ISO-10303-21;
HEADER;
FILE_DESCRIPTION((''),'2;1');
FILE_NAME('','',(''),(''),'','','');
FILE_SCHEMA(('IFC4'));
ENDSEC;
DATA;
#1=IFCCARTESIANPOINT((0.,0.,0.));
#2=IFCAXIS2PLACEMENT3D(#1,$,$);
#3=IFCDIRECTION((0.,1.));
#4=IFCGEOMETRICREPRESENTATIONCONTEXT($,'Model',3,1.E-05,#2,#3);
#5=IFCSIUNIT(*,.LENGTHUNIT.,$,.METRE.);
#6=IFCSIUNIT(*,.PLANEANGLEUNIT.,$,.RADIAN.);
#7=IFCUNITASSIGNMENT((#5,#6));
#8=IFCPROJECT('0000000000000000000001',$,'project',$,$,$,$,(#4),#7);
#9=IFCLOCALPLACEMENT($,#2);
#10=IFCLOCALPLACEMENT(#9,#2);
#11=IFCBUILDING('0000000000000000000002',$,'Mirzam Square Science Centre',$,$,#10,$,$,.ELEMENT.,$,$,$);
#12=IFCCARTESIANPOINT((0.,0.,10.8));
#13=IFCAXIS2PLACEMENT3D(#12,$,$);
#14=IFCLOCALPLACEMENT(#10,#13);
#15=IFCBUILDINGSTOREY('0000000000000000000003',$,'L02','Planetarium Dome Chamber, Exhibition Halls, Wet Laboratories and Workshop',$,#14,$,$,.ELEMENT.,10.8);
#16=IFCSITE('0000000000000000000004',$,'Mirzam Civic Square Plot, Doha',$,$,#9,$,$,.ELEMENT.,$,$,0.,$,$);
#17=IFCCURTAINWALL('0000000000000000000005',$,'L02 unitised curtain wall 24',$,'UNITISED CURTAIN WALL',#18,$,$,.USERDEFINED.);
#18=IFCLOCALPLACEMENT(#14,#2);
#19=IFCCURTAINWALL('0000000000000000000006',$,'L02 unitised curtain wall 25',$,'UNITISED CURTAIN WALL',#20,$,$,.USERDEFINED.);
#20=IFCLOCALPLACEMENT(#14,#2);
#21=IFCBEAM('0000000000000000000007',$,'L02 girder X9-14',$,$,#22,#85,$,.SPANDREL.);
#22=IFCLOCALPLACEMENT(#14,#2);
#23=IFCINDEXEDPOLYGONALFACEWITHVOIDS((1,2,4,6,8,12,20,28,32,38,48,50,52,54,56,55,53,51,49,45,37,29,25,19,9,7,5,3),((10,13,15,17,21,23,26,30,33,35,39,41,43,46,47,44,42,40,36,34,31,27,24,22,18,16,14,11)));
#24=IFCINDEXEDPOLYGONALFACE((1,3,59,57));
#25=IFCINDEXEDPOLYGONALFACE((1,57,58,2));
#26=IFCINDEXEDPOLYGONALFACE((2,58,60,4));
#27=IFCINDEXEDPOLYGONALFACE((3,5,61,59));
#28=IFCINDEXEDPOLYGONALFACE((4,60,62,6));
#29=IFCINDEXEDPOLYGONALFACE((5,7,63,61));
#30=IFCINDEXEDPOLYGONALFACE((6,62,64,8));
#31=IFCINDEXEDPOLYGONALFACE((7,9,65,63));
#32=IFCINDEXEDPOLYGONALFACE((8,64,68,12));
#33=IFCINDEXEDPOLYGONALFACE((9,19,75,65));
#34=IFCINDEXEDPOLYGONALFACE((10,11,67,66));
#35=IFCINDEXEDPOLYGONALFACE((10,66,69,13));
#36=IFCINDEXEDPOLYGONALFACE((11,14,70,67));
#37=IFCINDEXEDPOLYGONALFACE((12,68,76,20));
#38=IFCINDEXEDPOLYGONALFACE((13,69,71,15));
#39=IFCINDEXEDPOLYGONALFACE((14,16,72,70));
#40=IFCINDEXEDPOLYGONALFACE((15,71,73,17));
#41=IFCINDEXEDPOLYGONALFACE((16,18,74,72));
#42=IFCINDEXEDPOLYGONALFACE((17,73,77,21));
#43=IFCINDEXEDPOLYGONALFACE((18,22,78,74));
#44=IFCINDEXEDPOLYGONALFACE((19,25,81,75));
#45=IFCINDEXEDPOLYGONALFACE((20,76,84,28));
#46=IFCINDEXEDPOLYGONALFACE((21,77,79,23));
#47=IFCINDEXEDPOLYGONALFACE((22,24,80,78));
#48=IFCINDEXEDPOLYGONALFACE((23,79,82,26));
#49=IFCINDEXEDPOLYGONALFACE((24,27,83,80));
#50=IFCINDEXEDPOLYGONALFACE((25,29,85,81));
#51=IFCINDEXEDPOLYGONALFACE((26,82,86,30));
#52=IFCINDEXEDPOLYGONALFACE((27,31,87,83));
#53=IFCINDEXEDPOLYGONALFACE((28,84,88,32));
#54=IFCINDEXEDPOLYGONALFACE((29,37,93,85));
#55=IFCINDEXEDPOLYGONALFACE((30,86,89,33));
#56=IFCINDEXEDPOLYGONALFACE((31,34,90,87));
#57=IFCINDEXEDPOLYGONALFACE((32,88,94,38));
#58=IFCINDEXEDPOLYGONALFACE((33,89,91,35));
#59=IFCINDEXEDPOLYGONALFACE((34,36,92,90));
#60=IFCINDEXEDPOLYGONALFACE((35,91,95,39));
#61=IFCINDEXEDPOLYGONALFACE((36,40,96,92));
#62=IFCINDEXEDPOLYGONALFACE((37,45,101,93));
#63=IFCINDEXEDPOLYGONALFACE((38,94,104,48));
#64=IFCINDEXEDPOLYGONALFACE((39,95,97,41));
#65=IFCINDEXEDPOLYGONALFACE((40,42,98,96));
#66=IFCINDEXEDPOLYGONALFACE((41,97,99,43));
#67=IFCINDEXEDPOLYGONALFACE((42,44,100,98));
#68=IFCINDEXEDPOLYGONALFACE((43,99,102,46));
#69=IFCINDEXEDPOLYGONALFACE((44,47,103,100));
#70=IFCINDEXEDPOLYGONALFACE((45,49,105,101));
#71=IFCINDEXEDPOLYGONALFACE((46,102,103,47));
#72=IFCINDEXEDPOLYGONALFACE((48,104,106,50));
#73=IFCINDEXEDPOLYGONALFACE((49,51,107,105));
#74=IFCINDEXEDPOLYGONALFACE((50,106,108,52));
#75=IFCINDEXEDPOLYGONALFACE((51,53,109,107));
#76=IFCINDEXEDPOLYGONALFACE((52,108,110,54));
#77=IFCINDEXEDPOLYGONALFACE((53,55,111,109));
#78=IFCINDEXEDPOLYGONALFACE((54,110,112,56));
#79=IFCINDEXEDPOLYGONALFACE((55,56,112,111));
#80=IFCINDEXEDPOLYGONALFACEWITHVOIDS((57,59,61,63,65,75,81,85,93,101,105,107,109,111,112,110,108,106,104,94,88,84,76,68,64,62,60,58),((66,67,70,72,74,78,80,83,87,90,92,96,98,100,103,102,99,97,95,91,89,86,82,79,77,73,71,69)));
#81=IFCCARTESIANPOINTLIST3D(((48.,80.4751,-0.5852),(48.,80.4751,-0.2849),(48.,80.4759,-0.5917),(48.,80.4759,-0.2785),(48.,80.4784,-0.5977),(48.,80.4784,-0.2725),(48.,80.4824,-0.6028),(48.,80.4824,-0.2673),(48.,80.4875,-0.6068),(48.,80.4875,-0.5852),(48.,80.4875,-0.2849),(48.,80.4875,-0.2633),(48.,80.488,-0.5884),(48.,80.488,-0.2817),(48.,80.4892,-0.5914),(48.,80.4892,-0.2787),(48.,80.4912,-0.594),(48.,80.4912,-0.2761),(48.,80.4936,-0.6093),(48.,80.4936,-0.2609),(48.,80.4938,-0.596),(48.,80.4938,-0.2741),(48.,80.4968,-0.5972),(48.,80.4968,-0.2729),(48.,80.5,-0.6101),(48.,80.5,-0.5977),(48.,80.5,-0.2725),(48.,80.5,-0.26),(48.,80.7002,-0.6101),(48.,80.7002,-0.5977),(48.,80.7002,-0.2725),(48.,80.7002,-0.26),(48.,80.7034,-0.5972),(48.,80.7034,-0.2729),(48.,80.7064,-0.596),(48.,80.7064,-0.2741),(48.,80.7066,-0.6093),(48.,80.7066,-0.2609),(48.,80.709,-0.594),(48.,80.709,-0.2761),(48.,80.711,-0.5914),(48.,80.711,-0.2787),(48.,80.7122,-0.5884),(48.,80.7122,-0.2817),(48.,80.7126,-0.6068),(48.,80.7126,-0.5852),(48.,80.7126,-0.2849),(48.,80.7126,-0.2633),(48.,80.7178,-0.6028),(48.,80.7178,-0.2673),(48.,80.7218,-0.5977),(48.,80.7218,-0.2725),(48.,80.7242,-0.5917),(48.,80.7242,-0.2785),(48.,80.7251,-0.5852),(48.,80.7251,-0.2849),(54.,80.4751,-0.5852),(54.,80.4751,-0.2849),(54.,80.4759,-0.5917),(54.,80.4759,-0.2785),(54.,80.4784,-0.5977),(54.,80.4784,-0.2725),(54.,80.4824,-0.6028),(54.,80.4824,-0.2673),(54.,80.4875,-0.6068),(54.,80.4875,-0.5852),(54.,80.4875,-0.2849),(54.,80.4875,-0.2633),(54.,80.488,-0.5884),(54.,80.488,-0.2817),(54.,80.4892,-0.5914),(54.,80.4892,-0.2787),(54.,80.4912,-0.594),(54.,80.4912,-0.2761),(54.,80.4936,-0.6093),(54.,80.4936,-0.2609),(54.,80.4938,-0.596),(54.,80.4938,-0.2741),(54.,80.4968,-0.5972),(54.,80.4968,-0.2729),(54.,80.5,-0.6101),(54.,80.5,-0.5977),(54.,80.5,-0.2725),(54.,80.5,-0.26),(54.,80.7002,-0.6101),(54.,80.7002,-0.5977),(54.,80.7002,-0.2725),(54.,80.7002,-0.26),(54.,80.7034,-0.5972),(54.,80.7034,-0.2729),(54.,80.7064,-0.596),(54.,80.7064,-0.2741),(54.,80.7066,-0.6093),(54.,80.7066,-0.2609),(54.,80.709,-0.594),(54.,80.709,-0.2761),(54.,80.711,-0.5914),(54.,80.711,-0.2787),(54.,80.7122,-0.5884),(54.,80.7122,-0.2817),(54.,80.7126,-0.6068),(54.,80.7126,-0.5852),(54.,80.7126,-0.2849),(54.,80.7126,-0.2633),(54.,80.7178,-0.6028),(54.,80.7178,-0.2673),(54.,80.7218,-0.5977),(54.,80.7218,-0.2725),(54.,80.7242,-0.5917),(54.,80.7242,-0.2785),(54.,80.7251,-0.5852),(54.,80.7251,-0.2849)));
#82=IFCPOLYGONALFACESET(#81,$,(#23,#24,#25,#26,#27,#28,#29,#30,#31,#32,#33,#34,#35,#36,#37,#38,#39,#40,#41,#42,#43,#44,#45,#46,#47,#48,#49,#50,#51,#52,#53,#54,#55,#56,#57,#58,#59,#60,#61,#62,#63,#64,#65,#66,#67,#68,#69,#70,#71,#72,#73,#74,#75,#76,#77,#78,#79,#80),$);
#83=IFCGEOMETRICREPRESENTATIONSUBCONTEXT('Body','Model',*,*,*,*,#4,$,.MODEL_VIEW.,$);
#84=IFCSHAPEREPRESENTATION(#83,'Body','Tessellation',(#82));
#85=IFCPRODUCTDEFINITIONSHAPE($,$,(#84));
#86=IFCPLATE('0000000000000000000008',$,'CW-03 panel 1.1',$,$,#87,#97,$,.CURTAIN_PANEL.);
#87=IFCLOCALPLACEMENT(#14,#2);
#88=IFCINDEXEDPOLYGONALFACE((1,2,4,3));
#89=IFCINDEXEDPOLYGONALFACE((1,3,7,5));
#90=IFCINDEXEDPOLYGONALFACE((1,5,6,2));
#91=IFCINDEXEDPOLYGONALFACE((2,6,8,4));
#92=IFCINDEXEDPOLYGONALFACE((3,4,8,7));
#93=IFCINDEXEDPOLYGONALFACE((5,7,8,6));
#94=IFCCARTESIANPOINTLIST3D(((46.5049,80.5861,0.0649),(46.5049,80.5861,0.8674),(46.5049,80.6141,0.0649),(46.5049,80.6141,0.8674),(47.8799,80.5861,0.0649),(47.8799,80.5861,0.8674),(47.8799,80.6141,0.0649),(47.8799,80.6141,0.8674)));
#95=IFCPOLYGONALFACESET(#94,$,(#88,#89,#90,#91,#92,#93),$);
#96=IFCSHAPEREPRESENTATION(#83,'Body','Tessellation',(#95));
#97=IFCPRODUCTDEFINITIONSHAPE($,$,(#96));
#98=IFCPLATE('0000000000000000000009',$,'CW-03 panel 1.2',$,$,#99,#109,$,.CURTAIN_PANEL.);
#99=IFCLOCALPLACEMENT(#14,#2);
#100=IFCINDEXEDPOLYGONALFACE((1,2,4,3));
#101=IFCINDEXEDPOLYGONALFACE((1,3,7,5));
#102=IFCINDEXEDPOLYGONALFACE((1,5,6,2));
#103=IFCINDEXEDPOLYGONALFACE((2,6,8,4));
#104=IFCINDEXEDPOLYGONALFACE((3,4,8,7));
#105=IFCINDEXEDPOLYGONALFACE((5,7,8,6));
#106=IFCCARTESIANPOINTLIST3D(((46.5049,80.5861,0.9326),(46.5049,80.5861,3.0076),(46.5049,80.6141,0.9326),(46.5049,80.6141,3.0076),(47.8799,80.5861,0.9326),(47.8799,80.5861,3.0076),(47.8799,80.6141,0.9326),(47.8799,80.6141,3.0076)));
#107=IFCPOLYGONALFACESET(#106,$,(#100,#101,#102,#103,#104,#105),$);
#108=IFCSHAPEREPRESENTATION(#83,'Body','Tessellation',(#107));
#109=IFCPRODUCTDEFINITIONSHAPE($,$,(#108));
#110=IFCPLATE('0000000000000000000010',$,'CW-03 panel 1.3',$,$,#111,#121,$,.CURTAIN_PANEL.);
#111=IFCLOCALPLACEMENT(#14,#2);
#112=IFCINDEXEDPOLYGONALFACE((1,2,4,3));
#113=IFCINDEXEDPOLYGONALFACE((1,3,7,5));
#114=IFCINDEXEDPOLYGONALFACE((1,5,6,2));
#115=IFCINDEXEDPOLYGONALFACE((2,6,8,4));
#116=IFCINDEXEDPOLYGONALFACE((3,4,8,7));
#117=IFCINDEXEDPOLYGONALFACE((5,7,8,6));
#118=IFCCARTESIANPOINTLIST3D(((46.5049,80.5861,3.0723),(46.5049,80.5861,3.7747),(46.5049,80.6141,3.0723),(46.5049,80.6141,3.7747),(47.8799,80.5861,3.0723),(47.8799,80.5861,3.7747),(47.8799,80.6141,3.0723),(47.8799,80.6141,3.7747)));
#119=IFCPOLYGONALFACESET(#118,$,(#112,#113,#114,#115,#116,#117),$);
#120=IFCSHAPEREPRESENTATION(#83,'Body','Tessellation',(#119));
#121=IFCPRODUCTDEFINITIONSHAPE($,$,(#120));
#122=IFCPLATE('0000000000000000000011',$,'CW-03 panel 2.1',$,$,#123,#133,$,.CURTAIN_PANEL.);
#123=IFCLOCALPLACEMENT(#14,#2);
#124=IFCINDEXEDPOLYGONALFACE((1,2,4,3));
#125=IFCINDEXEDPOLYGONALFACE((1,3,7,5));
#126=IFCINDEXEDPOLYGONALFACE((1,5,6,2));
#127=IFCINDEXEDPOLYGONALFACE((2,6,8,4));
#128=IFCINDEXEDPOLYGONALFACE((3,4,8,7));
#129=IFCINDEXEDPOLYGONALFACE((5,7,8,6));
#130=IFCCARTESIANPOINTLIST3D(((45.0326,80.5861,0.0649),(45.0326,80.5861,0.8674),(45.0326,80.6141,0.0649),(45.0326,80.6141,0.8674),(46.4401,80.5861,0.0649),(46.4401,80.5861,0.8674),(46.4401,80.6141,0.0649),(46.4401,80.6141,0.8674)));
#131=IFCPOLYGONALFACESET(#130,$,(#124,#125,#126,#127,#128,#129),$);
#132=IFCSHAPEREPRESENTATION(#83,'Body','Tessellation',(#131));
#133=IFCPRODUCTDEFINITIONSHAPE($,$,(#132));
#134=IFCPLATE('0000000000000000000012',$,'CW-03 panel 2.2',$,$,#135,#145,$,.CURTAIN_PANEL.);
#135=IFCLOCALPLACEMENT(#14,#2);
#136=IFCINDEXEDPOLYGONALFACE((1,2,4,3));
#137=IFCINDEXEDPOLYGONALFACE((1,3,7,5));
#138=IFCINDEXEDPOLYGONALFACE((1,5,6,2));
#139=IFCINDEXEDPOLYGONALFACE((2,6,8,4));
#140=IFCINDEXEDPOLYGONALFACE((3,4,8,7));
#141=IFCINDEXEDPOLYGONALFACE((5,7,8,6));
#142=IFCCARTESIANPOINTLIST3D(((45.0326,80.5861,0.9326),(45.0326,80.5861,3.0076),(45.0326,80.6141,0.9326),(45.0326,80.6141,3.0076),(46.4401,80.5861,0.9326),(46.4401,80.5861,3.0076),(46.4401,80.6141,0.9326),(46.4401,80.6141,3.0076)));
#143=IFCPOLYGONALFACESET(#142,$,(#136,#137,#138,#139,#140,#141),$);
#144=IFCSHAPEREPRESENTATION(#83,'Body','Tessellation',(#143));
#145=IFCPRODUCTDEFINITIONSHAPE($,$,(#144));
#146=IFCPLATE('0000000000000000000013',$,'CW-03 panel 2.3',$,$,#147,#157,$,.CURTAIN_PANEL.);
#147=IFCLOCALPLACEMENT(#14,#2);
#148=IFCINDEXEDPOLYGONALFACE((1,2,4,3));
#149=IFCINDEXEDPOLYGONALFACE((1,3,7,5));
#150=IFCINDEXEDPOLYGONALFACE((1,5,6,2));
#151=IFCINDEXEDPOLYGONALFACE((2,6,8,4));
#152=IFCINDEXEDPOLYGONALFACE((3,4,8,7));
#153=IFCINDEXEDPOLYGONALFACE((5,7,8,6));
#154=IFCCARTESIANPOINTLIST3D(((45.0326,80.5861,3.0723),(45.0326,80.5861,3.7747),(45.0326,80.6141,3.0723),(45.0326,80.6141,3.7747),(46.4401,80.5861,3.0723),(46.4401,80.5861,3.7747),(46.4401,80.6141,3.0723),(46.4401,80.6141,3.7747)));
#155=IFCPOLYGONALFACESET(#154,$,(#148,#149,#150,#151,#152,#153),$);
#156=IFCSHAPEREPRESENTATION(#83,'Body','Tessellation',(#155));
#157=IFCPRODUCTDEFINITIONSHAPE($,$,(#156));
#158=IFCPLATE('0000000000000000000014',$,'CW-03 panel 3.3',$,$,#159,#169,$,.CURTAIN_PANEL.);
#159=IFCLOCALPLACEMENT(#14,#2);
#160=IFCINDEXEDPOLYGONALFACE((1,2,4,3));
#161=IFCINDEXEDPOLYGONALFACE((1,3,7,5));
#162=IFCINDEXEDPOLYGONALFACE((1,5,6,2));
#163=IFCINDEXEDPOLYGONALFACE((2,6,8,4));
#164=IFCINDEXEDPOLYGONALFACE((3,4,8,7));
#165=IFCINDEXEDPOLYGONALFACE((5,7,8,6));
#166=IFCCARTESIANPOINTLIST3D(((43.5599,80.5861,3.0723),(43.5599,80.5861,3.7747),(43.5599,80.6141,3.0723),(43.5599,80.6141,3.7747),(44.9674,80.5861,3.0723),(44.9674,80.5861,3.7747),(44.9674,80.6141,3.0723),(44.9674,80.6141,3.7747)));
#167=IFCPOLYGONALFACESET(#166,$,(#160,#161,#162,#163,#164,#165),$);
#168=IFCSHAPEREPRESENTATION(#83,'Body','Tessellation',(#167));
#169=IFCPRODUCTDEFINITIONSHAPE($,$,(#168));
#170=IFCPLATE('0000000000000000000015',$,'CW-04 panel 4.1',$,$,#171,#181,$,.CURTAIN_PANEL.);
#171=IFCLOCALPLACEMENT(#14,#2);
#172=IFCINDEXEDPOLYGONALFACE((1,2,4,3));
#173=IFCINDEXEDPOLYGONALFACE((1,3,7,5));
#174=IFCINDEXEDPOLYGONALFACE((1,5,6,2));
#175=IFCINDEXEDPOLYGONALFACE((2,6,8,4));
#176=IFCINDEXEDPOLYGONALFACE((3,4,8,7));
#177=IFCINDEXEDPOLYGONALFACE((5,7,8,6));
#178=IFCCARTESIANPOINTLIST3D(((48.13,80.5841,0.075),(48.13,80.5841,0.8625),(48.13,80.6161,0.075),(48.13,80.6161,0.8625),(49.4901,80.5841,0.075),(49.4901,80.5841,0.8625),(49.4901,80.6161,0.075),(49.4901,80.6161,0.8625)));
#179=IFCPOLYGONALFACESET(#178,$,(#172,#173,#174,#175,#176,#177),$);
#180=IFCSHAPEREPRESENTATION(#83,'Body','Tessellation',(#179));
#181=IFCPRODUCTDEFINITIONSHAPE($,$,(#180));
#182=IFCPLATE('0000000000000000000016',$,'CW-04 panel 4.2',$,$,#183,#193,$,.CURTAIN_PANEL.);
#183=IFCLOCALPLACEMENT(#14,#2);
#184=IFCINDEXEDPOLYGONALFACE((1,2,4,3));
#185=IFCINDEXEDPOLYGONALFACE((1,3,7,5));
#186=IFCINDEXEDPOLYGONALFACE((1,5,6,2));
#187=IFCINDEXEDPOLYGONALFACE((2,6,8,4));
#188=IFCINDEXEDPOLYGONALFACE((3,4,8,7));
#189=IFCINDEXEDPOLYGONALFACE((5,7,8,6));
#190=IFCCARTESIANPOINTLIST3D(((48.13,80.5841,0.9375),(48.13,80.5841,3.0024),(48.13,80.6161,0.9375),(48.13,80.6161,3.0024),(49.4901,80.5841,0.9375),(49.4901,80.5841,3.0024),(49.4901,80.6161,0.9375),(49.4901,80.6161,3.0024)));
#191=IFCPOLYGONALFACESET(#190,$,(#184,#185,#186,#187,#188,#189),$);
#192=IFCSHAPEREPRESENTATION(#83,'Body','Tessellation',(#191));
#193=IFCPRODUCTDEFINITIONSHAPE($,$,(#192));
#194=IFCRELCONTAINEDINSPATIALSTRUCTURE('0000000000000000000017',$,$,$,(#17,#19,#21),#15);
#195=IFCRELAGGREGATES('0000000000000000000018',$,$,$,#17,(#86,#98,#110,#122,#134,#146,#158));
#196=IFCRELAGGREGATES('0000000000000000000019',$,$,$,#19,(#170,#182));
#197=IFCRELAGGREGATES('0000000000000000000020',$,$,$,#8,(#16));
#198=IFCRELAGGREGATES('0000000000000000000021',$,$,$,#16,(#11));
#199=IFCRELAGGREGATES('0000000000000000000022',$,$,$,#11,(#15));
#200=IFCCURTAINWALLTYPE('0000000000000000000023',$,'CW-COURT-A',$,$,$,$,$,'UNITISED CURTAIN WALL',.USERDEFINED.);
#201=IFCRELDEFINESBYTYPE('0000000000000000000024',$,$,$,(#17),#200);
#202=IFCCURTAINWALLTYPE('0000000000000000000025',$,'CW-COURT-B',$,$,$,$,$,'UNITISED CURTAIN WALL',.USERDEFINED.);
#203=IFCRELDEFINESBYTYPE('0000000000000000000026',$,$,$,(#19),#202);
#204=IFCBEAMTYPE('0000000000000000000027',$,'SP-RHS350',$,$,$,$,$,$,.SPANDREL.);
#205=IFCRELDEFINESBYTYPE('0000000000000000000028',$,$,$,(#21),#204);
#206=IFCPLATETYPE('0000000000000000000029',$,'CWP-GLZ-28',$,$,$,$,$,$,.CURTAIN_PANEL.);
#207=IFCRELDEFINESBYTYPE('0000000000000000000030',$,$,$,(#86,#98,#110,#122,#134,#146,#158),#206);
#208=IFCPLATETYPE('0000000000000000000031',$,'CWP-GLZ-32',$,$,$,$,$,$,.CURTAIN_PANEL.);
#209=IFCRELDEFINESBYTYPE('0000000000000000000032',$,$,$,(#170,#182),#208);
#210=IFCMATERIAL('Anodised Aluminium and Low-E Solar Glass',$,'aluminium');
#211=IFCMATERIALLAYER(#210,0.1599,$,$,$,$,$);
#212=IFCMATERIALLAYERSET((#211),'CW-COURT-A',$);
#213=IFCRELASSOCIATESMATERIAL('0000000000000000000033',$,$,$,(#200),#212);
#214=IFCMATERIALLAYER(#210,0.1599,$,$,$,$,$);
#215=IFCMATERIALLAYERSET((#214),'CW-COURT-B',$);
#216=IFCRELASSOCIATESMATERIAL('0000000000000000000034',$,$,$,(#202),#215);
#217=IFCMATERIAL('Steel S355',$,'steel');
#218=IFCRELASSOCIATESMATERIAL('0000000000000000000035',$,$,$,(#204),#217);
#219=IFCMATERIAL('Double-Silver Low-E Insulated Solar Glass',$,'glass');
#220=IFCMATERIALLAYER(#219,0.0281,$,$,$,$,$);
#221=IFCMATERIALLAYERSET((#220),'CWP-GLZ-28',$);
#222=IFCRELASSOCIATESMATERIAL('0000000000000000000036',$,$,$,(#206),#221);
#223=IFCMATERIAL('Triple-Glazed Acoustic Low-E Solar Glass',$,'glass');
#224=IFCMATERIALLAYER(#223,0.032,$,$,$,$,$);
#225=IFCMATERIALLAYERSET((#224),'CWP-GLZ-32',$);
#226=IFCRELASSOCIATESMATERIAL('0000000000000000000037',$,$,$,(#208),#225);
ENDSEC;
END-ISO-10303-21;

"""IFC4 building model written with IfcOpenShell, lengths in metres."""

from ifc_helpers import new_model, si_unit, direction, frame, origin, origin_2d, place, context, subcontext, project, spatial, rectangle, hollow_rectangle, extrude, material, layer, layer_set, material_profile, profile_set, type_object, element, aggregate, save


model = new_model("IFC4")

# Units and contexts
model_context = context("Model", 3, precision=1e-05, world=origin(), true_north=direction((0.0, 1.0)))
body_context = subcontext(model_context, "Body", "Model", "MODEL_VIEW")
ifc_project = project(units=[si_unit("LENGTHUNIT", "METRE"), si_unit("PLANEANGLEUNIT", "RADIAN")], contexts=[model_context])

# Site, building, storey
site_placement = place(None, origin())
site = spatial("IfcSite", under=ifc_project, at=site_placement, Name="Mirzam Civic Square Plot, Doha", CompositionType="ELEMENT", RefElevation=0.0)
building_placement = place(site_placement, origin())
building = spatial("IfcBuilding", under=site, at=building_placement, Name="Mirzam Square Science Centre", CompositionType="ELEMENT")
storey_placement = place(building_placement, frame((0.0, 0.0, 10.8)))
storey = spatial("IfcBuildingStorey", under=building, at=storey_placement, Name="L02", Description="Planetarium Dome Chamber, Exhibition Halls, Wet Laboratories and Workshop", CompositionType="ELEMENT", Elevation=10.8)

# Shared definitions
ifc_material_1 = material(Name="Steel S355", Category="steel")

# Curtain walls
ifc_material_2 = material(Name="Anodised Aluminium and Low-E Solar Glass", Category="aluminium")
ifc_layer_1 = layer(ifc_material_2, 0.1599)
ifc_layer_set_1 = layer_set([ifc_layer_1], Name="CW-COURT-A")
curtain_wall_type_1 = type_object("IfcCurtainWallType", Name="CW-COURT-A", ElementType="UNITISED CURTAIN WALL", PredefinedType="USERDEFINED", material=ifc_layer_set_1)
curtain_wall_1_placement = place(storey_placement, origin())
curtain_wall_1 = element("IfcCurtainWall", 1, at=curtain_wall_1_placement, inside=storey, type_object=curtain_wall_type_1, Name="L02 unitised curtain wall 24", ObjectType="UNITISED CURTAIN WALL", PredefinedType="USERDEFINED")
ifc_layer_2 = layer(ifc_material_2, 0.1599)
ifc_layer_set_2 = layer_set([ifc_layer_2], Name="CW-COURT-B")
curtain_wall_type_2 = type_object("IfcCurtainWallType", Name="CW-COURT-B", ElementType="UNITISED CURTAIN WALL", PredefinedType="USERDEFINED", material=ifc_layer_set_2)
curtain_wall_2_placement = place(storey_placement, origin())
curtain_wall_2 = element("IfcCurtainWall", 2, at=curtain_wall_2_placement, inside=storey, type_object=curtain_wall_type_2, Name="L02 unitised curtain wall 25", ObjectType="UNITISED CURTAIN WALL", PredefinedType="USERDEFINED")

# Beam
ifc_material_profile_1 = material_profile(ifc_material_1, hollow_rectangle(XDim=0.25, YDim=0.3501, WallThickness=0.0125, InnerFilletRadius=0.0125, OuterFilletRadius=0.0249, at=origin_2d()), Name="350x250x12.5RHS")
ifc_profile_set_1 = profile_set([ifc_material_profile_1], Name="Steel S355")
beam_type = type_object("IfcBeamType", Name="SP-RHS350", PredefinedType="SPANDREL", material=ifc_profile_set_1)
beam_placement = place(storey_placement, frame((48.0, 80.6001, -0.4351), z_axis=(1.0, 0.0, 0.0), x_axis=(0.0, 1.0, 0.0)))
element("IfcBeam", 3, at=beam_placement, inside=storey, type_object=beam_type, Name="L02 girder X9-14", PredefinedType="SPANDREL", context=body_context, shape_type="SweptSolid", body=[
    extrude(hollow_rectangle(XDim=0.25, YDim=0.3501, WallThickness=0.0125, InnerFilletRadius=0.0125, OuterFilletRadius=0.0249, at=origin_2d()), origin(), (0.0, 0.0, 1.0), 6.0),
])

# Plates
ifc_material_3 = material(Name="Double-Silver Low-E Insulated Solar Glass", Category="glass")
ifc_layer_3 = layer(ifc_material_3, 0.0281)
ifc_layer_set_3 = layer_set([ifc_layer_3], Name="CWP-GLZ-28")
plate_type_1 = type_object("IfcPlateType", Name="CWP-GLZ-28", PredefinedType="CURTAIN_PANEL", material=ifc_layer_set_3)
plate_1_placement = place(storey_placement, frame((47.1924, 80.6001, 0.0649), z_axis=(0.0, 0.0, 1.0), x_axis=(-1.0, 0.0, 0.0)))
plate_1 = element("IfcPlate", 4, at=plate_1_placement, type_object=plate_type_1, Name="CW-03 panel 1.1", PredefinedType="CURTAIN_PANEL", context=body_context, shape_type="SweptSolid", body=[
    extrude(rectangle(XDim=1.375, YDim=0.0281, at=origin_2d()), origin(), (0.0, 0.0, 1.0), 0.8025),
])
plate_2_placement = place(storey_placement, frame((47.1924, 80.6001, 0.9326), z_axis=(0.0, 0.0, 1.0), x_axis=(-1.0, 0.0, 0.0)))
plate_2 = element("IfcPlate", 5, at=plate_2_placement, type_object=plate_type_1, Name="CW-03 panel 1.2", PredefinedType="CURTAIN_PANEL", context=body_context, shape_type="SweptSolid", body=[
    extrude(rectangle(XDim=1.375, YDim=0.0281, at=origin_2d()), origin(), (0.0, 0.0, 1.0), 2.075),
])
plate_3_placement = place(storey_placement, frame((47.1924, 80.6001, 3.0723), z_axis=(0.0, 0.0, 1.0), x_axis=(-1.0, 0.0, 0.0)))
plate_3 = element("IfcPlate", 6, at=plate_3_placement, type_object=plate_type_1, Name="CW-03 panel 1.3", PredefinedType="CURTAIN_PANEL", context=body_context, shape_type="SweptSolid", body=[
    extrude(rectangle(XDim=1.375, YDim=0.0281, at=origin_2d()), origin(), (0.0, 0.0, 1.0), 0.7024),
])
plate_4_placement = place(storey_placement, frame((45.7363, 80.6001, 0.0649), z_axis=(0.0, 0.0, 1.0), x_axis=(-1.0, 0.0, 0.0)))
plate_4 = element("IfcPlate", 7, at=plate_4_placement, type_object=plate_type_1, Name="CW-03 panel 2.1", PredefinedType="CURTAIN_PANEL", context=body_context, shape_type="SweptSolid", body=[
    extrude(rectangle(XDim=1.4075, YDim=0.0281, at=origin_2d()), origin(), (0.0, 0.0, 1.0), 0.8025),
])
plate_5_placement = place(storey_placement, frame((45.7363, 80.6001, 0.9326), z_axis=(0.0, 0.0, 1.0), x_axis=(-1.0, 0.0, 0.0)))
plate_5 = element("IfcPlate", 8, at=plate_5_placement, type_object=plate_type_1, Name="CW-03 panel 2.2", PredefinedType="CURTAIN_PANEL", context=body_context, shape_type="SweptSolid", body=[
    extrude(rectangle(XDim=1.4075, YDim=0.0281, at=origin_2d()), origin(), (0.0, 0.0, 1.0), 2.075),
])
plate_6_placement = place(storey_placement, frame((45.7363, 80.6001, 3.0723), z_axis=(0.0, 0.0, 1.0), x_axis=(-1.0, 0.0, 0.0)))
plate_6 = element("IfcPlate", 9, at=plate_6_placement, type_object=plate_type_1, Name="CW-03 panel 2.3", PredefinedType="CURTAIN_PANEL", context=body_context, shape_type="SweptSolid", body=[
    extrude(rectangle(XDim=1.4075, YDim=0.0281, at=origin_2d()), origin(), (0.0, 0.0, 1.0), 0.7024),
])
plate_7_placement = place(storey_placement, frame((44.2637, 80.6001, 3.0723), z_axis=(0.0, 0.0, 1.0), x_axis=(-1.0, 0.0, 0.0)))
plate_7 = element("IfcPlate", 10, at=plate_7_placement, type_object=plate_type_1, Name="CW-03 panel 3.3", PredefinedType="CURTAIN_PANEL", context=body_context, shape_type="SweptSolid", body=[
    extrude(rectangle(XDim=1.4075, YDim=0.0281, at=origin_2d()), origin(), (0.0, 0.0, 1.0), 0.7024),
])
aggregate(curtain_wall_1, [plate_1, plate_2, plate_3, plate_4, plate_5, plate_6, plate_7])
ifc_material_4 = material(Name="Triple-Glazed Acoustic Low-E Solar Glass", Category="glass")
ifc_layer_4 = layer(ifc_material_4, 0.032)
ifc_layer_set_4 = layer_set([ifc_layer_4], Name="CWP-GLZ-32")
plate_type_2 = type_object("IfcPlateType", Name="CWP-GLZ-32", PredefinedType="CURTAIN_PANEL", material=ifc_layer_set_4)
plate_8_placement = place(storey_placement, frame((48.8101, 80.6001, 0.075), z_axis=(0.0, 0.0, 1.0), x_axis=(-1.0, 0.0, 0.0)))
plate_8 = element("IfcPlate", 11, at=plate_8_placement, type_object=plate_type_2, Name="CW-04 panel 4.1", PredefinedType="CURTAIN_PANEL", context=body_context, shape_type="SweptSolid", body=[
    extrude(rectangle(XDim=1.3601, YDim=0.032, at=origin_2d()), origin(), (0.0, 0.0, 1.0), 0.7876),
])
plate_9_placement = place(storey_placement, frame((48.8101, 80.6001, 0.9375), z_axis=(0.0, 0.0, 1.0), x_axis=(-1.0, 0.0, 0.0)))
plate_9 = element("IfcPlate", 12, at=plate_9_placement, type_object=plate_type_2, Name="CW-04 panel 4.2", PredefinedType="CURTAIN_PANEL", context=body_context, shape_type="SweptSolid", body=[
    extrude(rectangle(XDim=1.3601, YDim=0.032, at=origin_2d()), origin(), (0.0, 0.0, 1.0), 2.0649),
])
aggregate(curtain_wall_2, [plate_8, plate_9])

save(model, "model.ifc")
